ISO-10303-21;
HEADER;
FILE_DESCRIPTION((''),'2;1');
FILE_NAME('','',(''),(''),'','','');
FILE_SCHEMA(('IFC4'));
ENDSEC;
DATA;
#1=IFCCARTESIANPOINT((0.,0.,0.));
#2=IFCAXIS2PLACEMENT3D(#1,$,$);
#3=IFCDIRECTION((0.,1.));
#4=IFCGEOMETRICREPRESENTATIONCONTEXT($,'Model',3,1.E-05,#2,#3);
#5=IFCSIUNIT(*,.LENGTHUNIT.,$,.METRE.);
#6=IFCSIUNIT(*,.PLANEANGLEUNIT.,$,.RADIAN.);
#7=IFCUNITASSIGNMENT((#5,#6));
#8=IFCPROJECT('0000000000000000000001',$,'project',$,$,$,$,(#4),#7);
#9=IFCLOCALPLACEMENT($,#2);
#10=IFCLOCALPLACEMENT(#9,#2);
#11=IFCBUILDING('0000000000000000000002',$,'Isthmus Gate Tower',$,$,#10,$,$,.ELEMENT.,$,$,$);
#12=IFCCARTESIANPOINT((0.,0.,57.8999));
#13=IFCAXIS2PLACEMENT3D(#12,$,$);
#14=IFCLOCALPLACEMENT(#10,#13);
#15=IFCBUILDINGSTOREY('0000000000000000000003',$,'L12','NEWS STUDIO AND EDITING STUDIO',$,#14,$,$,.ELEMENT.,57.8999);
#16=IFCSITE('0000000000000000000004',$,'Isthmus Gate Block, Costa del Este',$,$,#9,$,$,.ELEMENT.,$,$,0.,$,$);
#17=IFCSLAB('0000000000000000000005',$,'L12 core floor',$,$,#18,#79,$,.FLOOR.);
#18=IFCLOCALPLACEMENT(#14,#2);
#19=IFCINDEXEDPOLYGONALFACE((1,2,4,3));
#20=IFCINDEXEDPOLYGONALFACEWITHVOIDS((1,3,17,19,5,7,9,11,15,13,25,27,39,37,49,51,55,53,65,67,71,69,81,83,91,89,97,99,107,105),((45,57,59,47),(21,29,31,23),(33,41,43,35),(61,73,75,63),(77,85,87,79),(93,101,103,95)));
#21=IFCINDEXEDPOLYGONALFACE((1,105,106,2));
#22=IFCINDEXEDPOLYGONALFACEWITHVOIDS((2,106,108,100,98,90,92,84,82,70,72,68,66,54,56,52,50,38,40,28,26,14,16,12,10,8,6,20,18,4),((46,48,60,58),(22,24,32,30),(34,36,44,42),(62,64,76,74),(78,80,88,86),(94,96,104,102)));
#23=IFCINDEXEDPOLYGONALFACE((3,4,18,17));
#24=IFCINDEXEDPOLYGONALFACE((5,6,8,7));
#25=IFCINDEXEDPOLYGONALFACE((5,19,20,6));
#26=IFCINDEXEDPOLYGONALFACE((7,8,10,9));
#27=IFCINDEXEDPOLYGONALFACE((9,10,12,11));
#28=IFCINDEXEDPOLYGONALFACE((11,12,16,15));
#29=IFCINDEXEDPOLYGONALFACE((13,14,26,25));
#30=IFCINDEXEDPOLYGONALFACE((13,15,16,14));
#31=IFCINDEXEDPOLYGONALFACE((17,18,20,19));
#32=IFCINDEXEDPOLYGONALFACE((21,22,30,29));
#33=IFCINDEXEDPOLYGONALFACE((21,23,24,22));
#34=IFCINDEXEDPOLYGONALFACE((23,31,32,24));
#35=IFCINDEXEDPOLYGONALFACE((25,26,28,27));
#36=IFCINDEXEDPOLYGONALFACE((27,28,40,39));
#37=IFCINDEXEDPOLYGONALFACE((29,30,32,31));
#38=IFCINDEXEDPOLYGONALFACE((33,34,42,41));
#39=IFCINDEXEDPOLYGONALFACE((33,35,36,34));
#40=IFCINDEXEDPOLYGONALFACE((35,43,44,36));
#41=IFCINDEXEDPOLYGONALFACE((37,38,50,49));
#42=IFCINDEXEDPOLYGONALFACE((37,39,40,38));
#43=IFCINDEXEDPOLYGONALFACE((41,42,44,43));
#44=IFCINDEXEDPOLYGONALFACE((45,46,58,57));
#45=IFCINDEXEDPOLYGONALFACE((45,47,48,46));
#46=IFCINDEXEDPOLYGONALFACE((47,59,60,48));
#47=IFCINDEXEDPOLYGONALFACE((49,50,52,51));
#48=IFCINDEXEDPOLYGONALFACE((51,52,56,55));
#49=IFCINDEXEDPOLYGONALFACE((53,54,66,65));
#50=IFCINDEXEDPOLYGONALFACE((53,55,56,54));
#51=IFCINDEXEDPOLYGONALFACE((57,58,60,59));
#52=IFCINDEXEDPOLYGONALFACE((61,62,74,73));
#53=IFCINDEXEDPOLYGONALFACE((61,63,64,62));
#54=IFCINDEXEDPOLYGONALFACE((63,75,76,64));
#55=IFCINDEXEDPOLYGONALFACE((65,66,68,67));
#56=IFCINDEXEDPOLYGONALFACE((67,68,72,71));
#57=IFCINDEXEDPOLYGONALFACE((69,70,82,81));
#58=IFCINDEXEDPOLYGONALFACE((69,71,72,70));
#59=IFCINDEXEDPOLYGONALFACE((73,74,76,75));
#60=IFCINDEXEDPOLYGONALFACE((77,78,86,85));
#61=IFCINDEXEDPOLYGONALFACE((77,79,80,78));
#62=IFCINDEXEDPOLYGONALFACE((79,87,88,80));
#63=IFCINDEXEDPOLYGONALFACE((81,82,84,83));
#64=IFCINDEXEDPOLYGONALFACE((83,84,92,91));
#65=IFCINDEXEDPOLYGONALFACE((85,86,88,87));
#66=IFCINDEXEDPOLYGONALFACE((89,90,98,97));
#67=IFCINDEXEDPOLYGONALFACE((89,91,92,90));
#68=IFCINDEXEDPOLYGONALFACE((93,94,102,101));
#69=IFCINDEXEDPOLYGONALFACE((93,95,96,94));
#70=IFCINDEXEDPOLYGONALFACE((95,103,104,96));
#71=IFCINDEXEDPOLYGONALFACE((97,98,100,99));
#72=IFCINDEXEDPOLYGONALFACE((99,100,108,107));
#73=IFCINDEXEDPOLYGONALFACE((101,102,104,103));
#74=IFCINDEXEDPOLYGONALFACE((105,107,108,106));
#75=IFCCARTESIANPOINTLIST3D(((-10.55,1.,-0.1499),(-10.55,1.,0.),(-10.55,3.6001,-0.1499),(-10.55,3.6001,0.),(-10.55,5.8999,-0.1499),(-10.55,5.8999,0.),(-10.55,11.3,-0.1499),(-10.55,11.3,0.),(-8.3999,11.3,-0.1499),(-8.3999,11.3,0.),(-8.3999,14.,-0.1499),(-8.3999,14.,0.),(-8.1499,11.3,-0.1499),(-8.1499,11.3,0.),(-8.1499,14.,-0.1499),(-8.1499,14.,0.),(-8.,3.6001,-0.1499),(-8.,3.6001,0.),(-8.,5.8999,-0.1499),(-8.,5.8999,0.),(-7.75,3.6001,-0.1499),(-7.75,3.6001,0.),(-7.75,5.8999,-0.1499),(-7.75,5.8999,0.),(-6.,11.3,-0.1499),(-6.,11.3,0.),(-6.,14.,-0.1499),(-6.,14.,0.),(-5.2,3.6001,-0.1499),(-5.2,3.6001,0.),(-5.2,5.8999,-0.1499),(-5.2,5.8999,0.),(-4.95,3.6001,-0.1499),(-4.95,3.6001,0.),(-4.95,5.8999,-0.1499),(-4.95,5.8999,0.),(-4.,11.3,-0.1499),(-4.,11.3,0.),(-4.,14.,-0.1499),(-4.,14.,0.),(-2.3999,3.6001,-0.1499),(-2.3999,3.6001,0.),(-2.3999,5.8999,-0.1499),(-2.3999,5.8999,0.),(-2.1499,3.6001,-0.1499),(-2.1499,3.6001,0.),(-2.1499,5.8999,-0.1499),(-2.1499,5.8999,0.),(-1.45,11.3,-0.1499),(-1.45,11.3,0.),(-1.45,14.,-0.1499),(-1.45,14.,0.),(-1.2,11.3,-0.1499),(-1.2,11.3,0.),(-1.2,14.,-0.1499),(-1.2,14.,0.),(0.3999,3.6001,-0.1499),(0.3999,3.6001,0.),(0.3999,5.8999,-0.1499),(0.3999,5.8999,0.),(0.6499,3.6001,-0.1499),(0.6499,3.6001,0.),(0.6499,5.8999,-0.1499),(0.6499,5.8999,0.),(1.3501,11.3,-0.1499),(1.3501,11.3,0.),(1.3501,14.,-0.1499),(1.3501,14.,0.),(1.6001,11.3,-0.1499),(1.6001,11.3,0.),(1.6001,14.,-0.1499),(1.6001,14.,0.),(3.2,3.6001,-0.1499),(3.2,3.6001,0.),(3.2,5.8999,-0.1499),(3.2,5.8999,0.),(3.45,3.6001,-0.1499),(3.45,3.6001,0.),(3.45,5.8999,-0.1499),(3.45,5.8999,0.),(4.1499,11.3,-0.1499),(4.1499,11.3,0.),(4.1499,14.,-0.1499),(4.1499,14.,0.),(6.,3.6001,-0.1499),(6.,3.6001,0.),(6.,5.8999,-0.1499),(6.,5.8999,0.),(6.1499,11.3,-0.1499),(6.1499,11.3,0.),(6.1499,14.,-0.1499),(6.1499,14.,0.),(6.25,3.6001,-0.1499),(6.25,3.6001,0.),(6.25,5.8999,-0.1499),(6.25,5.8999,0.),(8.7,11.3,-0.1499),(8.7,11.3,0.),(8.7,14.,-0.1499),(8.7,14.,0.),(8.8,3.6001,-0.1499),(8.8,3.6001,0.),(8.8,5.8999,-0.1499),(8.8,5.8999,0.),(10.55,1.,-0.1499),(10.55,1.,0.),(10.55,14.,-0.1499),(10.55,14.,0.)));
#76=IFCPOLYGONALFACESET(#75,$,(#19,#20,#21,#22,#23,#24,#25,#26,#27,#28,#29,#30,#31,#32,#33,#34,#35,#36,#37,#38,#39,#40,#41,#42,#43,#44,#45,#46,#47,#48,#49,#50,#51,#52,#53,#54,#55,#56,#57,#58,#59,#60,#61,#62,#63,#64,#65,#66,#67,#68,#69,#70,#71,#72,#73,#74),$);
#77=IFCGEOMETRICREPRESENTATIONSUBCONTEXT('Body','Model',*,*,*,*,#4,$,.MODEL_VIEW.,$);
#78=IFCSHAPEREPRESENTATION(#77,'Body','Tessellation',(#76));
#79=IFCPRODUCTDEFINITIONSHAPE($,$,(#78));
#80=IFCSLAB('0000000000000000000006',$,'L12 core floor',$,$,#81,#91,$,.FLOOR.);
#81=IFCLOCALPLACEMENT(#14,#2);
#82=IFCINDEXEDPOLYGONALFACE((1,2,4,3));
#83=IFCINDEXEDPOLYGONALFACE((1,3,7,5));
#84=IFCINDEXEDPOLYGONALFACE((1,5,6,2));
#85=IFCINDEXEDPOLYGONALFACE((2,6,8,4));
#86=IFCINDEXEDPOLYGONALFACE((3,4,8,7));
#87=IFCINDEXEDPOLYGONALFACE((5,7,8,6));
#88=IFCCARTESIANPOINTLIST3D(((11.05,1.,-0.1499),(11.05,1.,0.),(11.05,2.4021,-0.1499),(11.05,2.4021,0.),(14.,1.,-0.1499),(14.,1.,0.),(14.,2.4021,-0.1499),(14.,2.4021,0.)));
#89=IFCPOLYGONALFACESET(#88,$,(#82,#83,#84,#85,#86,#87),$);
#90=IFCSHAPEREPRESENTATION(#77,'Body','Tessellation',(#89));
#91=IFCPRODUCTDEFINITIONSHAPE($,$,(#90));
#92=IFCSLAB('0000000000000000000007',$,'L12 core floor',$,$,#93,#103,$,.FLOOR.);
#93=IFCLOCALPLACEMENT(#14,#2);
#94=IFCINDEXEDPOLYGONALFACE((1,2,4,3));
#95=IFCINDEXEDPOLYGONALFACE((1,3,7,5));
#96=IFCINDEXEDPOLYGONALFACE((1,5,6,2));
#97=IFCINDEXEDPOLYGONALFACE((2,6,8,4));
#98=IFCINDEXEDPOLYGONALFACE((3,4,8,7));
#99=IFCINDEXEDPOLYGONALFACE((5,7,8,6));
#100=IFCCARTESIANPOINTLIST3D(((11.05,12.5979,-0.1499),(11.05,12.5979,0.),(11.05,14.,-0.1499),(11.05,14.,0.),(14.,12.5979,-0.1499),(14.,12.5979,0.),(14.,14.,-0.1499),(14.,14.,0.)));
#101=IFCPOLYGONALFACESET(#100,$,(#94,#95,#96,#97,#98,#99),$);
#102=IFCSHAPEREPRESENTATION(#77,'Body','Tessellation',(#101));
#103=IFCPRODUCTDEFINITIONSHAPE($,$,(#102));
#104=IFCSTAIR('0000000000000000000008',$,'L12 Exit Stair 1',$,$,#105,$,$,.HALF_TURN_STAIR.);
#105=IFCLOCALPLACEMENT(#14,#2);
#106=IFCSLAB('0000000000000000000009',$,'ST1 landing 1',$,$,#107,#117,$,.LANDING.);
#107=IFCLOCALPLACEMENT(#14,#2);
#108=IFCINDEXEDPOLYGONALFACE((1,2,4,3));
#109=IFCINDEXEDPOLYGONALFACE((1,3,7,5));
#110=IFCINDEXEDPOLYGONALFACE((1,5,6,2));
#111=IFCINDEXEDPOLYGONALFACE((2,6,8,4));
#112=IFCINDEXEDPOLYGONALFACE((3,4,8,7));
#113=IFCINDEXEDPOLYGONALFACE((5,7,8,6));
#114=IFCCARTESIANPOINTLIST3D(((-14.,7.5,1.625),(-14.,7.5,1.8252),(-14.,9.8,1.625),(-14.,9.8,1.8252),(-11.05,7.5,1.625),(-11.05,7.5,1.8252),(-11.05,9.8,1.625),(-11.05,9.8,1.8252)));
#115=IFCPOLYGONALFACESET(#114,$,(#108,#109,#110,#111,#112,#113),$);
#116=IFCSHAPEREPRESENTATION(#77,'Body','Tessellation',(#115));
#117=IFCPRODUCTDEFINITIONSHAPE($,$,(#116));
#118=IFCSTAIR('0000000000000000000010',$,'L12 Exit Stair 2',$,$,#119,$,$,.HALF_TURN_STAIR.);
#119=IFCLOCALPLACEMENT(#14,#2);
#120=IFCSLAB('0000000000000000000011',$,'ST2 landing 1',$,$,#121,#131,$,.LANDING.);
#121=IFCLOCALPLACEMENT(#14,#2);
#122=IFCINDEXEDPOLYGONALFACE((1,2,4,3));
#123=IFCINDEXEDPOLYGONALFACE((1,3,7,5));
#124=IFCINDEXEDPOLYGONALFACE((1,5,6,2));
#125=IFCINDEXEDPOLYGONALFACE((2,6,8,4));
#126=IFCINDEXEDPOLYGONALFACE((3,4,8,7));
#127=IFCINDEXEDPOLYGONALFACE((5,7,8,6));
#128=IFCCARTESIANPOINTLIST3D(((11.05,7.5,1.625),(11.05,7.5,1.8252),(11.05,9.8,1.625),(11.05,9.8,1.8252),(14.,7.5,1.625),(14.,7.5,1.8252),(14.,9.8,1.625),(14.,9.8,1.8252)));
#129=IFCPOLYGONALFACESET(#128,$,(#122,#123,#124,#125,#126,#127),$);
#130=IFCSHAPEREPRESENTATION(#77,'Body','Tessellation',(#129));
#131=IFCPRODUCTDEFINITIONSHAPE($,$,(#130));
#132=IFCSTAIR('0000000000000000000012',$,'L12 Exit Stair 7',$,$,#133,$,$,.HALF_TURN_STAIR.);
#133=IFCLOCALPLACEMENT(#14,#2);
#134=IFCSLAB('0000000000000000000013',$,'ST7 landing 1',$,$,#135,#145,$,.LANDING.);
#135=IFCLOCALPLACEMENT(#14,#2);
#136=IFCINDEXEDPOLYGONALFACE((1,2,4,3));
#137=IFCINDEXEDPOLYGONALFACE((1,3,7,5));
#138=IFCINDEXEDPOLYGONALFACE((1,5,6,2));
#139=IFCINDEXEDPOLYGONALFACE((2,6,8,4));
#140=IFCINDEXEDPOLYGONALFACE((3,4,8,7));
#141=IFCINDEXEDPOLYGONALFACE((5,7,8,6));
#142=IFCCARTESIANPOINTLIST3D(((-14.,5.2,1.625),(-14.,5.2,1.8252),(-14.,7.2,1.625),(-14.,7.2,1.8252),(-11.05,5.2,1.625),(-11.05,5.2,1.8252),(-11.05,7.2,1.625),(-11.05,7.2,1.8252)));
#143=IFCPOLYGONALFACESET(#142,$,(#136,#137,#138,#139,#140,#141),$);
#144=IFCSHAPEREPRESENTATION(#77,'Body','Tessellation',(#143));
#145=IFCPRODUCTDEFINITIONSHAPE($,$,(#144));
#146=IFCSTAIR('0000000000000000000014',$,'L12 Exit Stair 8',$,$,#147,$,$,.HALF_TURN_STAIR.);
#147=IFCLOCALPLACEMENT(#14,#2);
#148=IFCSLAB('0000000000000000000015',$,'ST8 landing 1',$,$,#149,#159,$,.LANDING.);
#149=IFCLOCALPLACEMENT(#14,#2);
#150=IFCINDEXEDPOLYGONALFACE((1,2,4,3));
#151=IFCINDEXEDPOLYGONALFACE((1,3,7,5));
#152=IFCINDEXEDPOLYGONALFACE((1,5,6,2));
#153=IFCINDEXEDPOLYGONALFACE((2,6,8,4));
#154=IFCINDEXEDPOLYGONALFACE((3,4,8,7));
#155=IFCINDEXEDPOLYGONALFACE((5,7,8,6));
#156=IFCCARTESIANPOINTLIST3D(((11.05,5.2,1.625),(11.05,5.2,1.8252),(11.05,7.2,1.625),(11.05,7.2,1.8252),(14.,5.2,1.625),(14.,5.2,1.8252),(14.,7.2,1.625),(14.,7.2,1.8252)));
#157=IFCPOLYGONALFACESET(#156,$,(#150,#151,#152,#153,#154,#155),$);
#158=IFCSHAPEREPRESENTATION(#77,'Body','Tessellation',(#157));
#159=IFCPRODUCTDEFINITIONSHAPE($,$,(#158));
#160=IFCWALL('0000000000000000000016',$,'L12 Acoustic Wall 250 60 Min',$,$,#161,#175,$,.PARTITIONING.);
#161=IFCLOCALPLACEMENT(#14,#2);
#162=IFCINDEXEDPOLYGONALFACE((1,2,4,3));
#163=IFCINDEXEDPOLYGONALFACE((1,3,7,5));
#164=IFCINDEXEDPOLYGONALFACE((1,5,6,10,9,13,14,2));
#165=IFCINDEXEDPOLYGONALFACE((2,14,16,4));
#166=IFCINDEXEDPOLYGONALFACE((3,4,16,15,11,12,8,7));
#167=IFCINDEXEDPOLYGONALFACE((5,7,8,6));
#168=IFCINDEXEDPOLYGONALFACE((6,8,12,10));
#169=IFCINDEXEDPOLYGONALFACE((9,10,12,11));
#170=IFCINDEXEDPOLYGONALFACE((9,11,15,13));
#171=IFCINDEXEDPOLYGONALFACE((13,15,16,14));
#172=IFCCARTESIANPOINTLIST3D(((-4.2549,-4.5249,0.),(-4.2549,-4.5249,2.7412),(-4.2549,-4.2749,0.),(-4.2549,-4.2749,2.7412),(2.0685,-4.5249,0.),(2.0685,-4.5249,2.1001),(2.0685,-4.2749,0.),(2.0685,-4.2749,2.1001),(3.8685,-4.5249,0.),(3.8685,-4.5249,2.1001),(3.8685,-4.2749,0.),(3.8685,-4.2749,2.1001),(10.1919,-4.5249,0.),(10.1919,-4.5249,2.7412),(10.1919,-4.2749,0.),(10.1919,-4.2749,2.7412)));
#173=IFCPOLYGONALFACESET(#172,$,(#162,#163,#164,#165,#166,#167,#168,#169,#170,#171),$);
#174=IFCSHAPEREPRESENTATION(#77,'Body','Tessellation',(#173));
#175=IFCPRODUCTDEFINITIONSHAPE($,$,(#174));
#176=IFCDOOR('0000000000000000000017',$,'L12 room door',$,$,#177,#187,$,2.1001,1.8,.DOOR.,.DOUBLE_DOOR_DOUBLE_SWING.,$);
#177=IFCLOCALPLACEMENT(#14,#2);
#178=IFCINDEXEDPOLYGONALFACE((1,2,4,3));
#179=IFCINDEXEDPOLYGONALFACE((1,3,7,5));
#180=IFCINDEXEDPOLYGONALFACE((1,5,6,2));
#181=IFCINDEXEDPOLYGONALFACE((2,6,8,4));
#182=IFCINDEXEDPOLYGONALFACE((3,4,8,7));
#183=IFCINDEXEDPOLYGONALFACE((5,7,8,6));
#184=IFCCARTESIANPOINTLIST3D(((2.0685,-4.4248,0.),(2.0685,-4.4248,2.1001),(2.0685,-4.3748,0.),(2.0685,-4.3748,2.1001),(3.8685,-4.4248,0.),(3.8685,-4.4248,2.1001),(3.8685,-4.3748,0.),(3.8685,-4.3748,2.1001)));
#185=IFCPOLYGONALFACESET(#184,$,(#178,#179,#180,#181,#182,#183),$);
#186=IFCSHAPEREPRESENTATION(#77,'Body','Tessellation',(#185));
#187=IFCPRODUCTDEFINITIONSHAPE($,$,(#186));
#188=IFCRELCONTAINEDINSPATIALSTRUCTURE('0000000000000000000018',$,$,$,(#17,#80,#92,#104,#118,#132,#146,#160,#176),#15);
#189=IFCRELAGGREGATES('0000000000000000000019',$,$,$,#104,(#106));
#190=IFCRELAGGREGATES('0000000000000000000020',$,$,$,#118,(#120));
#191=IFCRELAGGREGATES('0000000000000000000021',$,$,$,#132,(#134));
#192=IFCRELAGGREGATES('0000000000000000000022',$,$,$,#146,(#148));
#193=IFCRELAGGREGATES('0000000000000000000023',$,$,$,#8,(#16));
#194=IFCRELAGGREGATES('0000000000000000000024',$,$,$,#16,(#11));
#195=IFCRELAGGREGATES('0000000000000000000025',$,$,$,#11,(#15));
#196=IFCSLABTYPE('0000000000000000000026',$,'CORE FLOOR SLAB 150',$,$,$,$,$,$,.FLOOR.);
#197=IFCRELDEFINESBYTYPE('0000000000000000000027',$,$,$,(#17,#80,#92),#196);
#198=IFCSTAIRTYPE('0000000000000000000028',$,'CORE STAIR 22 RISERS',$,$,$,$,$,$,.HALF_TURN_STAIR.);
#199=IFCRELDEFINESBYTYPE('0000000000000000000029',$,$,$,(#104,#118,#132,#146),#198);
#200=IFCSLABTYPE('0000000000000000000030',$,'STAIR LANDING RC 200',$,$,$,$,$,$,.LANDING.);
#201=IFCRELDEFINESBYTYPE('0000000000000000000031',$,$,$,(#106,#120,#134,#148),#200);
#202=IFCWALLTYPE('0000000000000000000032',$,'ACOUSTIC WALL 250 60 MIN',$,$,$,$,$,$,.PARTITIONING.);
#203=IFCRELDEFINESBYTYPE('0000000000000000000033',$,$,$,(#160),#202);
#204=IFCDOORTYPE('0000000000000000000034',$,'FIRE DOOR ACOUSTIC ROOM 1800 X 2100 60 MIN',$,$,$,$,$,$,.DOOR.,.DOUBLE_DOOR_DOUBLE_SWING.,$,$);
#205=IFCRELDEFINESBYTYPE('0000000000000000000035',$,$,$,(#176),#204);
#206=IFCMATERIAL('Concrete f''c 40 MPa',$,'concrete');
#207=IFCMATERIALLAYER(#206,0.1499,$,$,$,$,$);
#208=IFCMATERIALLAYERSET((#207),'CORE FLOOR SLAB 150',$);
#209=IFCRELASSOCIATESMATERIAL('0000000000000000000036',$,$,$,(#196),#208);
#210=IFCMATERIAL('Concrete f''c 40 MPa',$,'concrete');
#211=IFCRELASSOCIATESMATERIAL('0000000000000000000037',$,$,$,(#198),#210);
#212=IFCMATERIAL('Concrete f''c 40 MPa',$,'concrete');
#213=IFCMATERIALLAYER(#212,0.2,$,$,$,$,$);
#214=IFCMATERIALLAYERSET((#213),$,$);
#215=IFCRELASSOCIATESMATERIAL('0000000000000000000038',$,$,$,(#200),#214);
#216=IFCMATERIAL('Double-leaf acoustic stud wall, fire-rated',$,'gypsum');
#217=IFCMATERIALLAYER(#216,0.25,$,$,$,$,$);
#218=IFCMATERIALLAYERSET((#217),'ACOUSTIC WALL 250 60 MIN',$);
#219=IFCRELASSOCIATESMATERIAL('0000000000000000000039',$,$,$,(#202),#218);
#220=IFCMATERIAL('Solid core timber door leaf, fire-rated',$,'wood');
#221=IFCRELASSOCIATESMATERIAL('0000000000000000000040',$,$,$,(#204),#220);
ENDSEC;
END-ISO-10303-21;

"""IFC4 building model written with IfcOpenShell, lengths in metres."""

from ifc_helpers import new_model, si_unit, direction, frame, frame_2d, origin, place, context, subcontext, project, spatial, polyline, rectangle, outline, extrude, material, layer, layer_set, type_object, element, fill, aggregate, save


model = new_model("IFC4")

# Units and contexts
model_context = context("Model", 3, precision=1e-05, world=origin(), true_north=direction((0.0, 1.0)))
body_context = subcontext(model_context, "Body", "Model", "MODEL_VIEW")
ifc_project = project(units=[si_unit("LENGTHUNIT", "METRE"), si_unit("PLANEANGLEUNIT", "RADIAN")], contexts=[model_context])

# Site, building, storey
site_placement = place(None, origin())
site = spatial("IfcSite", under=ifc_project, at=site_placement, Name="Isthmus Gate Block, Costa del Este", CompositionType="ELEMENT", RefElevation=0.0)
building_placement = place(site_placement, origin())
building = spatial("IfcBuilding", under=site, at=building_placement, Name="Isthmus Gate Tower", CompositionType="ELEMENT")
storey_placement = place(building_placement, frame((0.0, 0.0, 57.8999)))
storey = spatial("IfcBuildingStorey", under=building, at=storey_placement, Name="L12", Description="NEWS STUDIO AND EDITING STUDIO", CompositionType="ELEMENT", Elevation=57.8999)

# Slabs
ifc_material_1 = material(Name="Concrete f'c 40 MPa", Category="concrete")
ifc_layer_1 = layer(ifc_material_1, 0.1499)
ifc_layer_set_1 = layer_set([ifc_layer_1], Name="CORE FLOOR SLAB 150")
slab_type_1 = type_object("IfcSlabType", Name="CORE FLOOR SLAB 150", PredefinedType="FLOOR", material=ifc_layer_set_1)
slab_1_placement = place(storey_placement, frame((0.0, 0.0, -0.1499)))
element("IfcSlab", 1, at=slab_1_placement, inside=storey, type_object=slab_type_1, Name="L12 core floor", PredefinedType="FLOOR", context=body_context, shape_type="SweptSolid", body=[
    extrude(outline(polyline([(10.55, 14.0), (8.7, 14.0), (8.7, 11.3), (6.1499, 11.3), (6.1499, 14.0), (4.1499, 14.0), (4.1499, 11.3), (1.6001, 11.3), (1.6001, 14.0), (1.3501, 14.0), (1.3501, 11.3), (-1.2, 11.3), (-1.2, 14.0), (-1.45, 14.0), (-1.45, 11.3), (-4.0, 11.3), (-4.0, 14.0), (-6.0, 14.0), (-6.0, 11.3), (-8.1499, 11.3), (-8.1499, 14.0), (-8.3999, 14.0), (-8.3999, 11.3), (-10.55, 11.3), (-10.55, 5.8999), (-8.0, 5.8999), (-8.0, 3.6001), (-10.55, 3.6001), (-10.55, 1.0), (10.55, 1.0), (10.55, 14.0)]), holes=[polyline([(-5.2, 5.8999), (-5.2, 3.6001), (-7.75, 3.6001), (-7.75, 5.8999), (-5.2, 5.8999)]), polyline([(-2.3999, 5.8999), (-2.3999, 3.6001), (-4.95, 3.6001), (-4.95, 5.8999), (-2.3999, 5.8999)]), polyline([(0.3999, 5.8999), (0.3999, 3.6001), (-2.1499, 3.6001), (-2.1499, 5.8999), (0.3999, 5.8999)]), polyline([(3.2, 5.8999), (3.2, 3.6001), (0.6499, 3.6001), (0.6499, 5.8999), (3.2, 5.8999)]), polyline([(6.0, 5.8999), (6.0, 3.6001), (3.45, 3.6001), (3.45, 5.8999), (6.0, 5.8999)]), polyline([(8.8, 5.8999), (8.8, 3.6001), (6.25, 3.6001), (6.25, 5.8999), (8.8, 5.8999)])]), origin(), (0.0, 0.0, 1.0), 0.1499),
])
slab_2_placement = place(storey_placement, frame((0.0, 0.0, -0.1499)))
element("IfcSlab", 2, at=slab_2_placement, inside=storey, type_object=slab_type_1, Name="L12 core floor", PredefinedType="FLOOR", context=body_context, shape_type="SweptSolid", body=[
    extrude(outline(polyline([(14.0, 1.0), (14.0, 2.4021), (11.05, 2.4021), (11.05, 1.0), (14.0, 1.0)])), origin(), (0.0, 0.0, 1.0), 0.1499),
])
slab_3_placement = place(storey_placement, frame((0.0, 0.0, -0.1499)))
element("IfcSlab", 3, at=slab_3_placement, inside=storey, type_object=slab_type_1, Name="L12 core floor", PredefinedType="FLOOR", context=body_context, shape_type="SweptSolid", body=[
    extrude(outline(polyline([(11.05, 14.0), (11.05, 12.5979), (14.0, 12.5979), (14.0, 14.0), (11.05, 14.0)])), origin(), (0.0, 0.0, 1.0), 0.1499),
])

# Stairs, slabs
ifc_material_2 = material(Name="Concrete f'c 40 MPa", Category="concrete")
stair_type = type_object("IfcStairType", Name="CORE STAIR 22 RISERS", PredefinedType="HALF_TURN_STAIR", material=ifc_material_2)
stair_1_placement = place(storey_placement, origin())
stair_1 = element("IfcStair", 4, at=stair_1_placement, inside=storey, type_object=stair_type, Name="L12 Exit Stair 1", PredefinedType="HALF_TURN_STAIR")
ifc_material_3 = material(Name="Concrete f'c 40 MPa", Category="concrete")
ifc_layer_2 = layer(ifc_material_3, 0.2)
ifc_layer_set_2 = layer_set([ifc_layer_2])
slab_type_2 = type_object("IfcSlabType", Name="STAIR LANDING RC 200", PredefinedType="LANDING", material=ifc_layer_set_2)
slab_4_placement = place(storey_placement, frame((0.0, 0.0, 1.625)))
slab_4 = element("IfcSlab", 5, at=slab_4_placement, type_object=slab_type_2, Name="ST1 landing 1", PredefinedType="LANDING", context=body_context, shape_type="SweptSolid", body=[
    extrude(outline(polyline([(-14.0, 9.8), (-14.0, 7.5), (-11.05, 7.5), (-11.05, 9.8), (-14.0, 9.8)])), origin(), (0.0, 0.0, 1.0), 0.2002),
])
aggregate(stair_1, [slab_4])
stair_2_placement = place(storey_placement, origin())
stair_2 = element("IfcStair", 6, at=stair_2_placement, inside=storey, type_object=stair_type, Name="L12 Exit Stair 2", PredefinedType="HALF_TURN_STAIR")
slab_5_placement = place(storey_placement, frame((0.0, 0.0, 1.625)))
slab_5 = element("IfcSlab", 7, at=slab_5_placement, type_object=slab_type_2, Name="ST2 landing 1", PredefinedType="LANDING", context=body_context, shape_type="SweptSolid", body=[
    extrude(outline(polyline([(11.05, 9.8), (11.05, 7.5), (14.0, 7.5), (14.0, 9.8), (11.05, 9.8)])), origin(), (0.0, 0.0, 1.0), 0.2002),
])
aggregate(stair_2, [slab_5])
stair_3_placement = place(storey_placement, origin())
stair_3 = element("IfcStair", 8, at=stair_3_placement, inside=storey, type_object=stair_type, Name="L12 Exit Stair 7", PredefinedType="HALF_TURN_STAIR")
slab_6_placement = place(storey_placement, frame((0.0, 0.0, 1.625)))
slab_6 = element("IfcSlab", 9, at=slab_6_placement, type_object=slab_type_2, Name="ST7 landing 1", PredefinedType="LANDING", context=body_context, shape_type="SweptSolid", body=[
    extrude(outline(polyline([(-11.05, 5.2), (-11.05, 7.2), (-14.0, 7.2), (-14.0, 5.2), (-11.05, 5.2)])), origin(), (0.0, 0.0, 1.0), 0.2002),
])
aggregate(stair_3, [slab_6])
stair_4_placement = place(storey_placement, origin())
stair_4 = element("IfcStair", 10, at=stair_4_placement, inside=storey, type_object=stair_type, Name="L12 Exit Stair 8", PredefinedType="HALF_TURN_STAIR")
slab_7_placement = place(storey_placement, frame((0.0, 0.0, 1.625)))
slab_7 = element("IfcSlab", 11, at=slab_7_placement, type_object=slab_type_2, Name="ST8 landing 1", PredefinedType="LANDING", context=body_context, shape_type="SweptSolid", body=[
    extrude(outline(polyline([(14.0, 5.2), (14.0, 7.2), (11.05, 7.2), (11.05, 5.2), (14.0, 5.2)])), origin(), (0.0, 0.0, 1.0), 0.2002),
])
aggregate(stair_4, [slab_7])

# Wall, opening, door
ifc_material_4 = material(Name="Double-leaf acoustic stud wall, fire-rated", Category="gypsum")
ifc_layer_3 = layer(ifc_material_4, 0.25)
ifc_layer_set_3 = layer_set([ifc_layer_3], Name="ACOUSTIC WALL 250 60 MIN")
wall_type_1 = type_object("IfcWallType", Name="ACOUSTIC WALL 250 60 MIN", PredefinedType="PARTITIONING", material=ifc_layer_set_3)
wall_1_placement = place(storey_placement, frame((10.1919, -4.3999, 0.0), z_axis=(0.0, 0.0, 1.0), x_axis=(-1.0, 0.0, 0.0)))
wall_1 = element("IfcWall", 12, at=wall_1_placement, inside=storey, type_object=wall_type_1, Name="L12 Acoustic Wall 250 60 Min", PredefinedType="PARTITIONING", context=body_context, shape_type="SweptSolid", body=[
    extrude(rectangle(XDim=14.4468, YDim=0.25, at=frame_2d((7.2234, 0.0))), origin(), (0.0, 0.0, 1.0), 2.7412),
])
opening_placement = place(wall_1_placement, frame((6.3235, 0.0, 0.0)))
opening = element("IfcOpeningElement", 13, at=opening_placement, cuts=wall_1, PredefinedType="OPENING", context=body_context, shape_type="SweptSolid", body=[
    extrude(rectangle(XDim=1.8, YDim=2.1001, at=frame_2d((0.8999, 1.05))), frame((0.0, 0.135, 0.0), z_axis=(0.0, -1.0, 0.0), x_axis=(1.0, 0.0, 0.0)), (0.0, 0.0, 1.0), 0.27),
])
ifc_material_5 = material(Name="Solid core timber door leaf, fire-rated", Category="wood")
door_type = type_object("IfcDoorType", Name="FIRE DOOR ACOUSTIC ROOM 1800 X 2100 60 MIN", OperationType="DOUBLE_DOOR_DOUBLE_SWING", PredefinedType="DOOR", material=ifc_material_5)
door_placement = place(opening_placement, origin())
door = element("IfcDoor", 14, at=door_placement, inside=storey, type_object=door_type, Name="L12 room door", OperationType="DOUBLE_DOOR_DOUBLE_SWING", OverallHeight=2.1001, OverallWidth=1.8, PredefinedType="DOOR", context=body_context, shape_type="SweptSolid", body=[
    extrude(rectangle(XDim=1.8, YDim=2.1001, at=frame_2d((0.8999, 1.05))), frame((0.0, 0.0249, 0.0), z_axis=(0.0, -1.0, 0.0), x_axis=(1.0, 0.0, 0.0)), (0.0, 0.0, 1.0), 0.05),
])
fill(opening, door)

save(model, "model.ifc")
